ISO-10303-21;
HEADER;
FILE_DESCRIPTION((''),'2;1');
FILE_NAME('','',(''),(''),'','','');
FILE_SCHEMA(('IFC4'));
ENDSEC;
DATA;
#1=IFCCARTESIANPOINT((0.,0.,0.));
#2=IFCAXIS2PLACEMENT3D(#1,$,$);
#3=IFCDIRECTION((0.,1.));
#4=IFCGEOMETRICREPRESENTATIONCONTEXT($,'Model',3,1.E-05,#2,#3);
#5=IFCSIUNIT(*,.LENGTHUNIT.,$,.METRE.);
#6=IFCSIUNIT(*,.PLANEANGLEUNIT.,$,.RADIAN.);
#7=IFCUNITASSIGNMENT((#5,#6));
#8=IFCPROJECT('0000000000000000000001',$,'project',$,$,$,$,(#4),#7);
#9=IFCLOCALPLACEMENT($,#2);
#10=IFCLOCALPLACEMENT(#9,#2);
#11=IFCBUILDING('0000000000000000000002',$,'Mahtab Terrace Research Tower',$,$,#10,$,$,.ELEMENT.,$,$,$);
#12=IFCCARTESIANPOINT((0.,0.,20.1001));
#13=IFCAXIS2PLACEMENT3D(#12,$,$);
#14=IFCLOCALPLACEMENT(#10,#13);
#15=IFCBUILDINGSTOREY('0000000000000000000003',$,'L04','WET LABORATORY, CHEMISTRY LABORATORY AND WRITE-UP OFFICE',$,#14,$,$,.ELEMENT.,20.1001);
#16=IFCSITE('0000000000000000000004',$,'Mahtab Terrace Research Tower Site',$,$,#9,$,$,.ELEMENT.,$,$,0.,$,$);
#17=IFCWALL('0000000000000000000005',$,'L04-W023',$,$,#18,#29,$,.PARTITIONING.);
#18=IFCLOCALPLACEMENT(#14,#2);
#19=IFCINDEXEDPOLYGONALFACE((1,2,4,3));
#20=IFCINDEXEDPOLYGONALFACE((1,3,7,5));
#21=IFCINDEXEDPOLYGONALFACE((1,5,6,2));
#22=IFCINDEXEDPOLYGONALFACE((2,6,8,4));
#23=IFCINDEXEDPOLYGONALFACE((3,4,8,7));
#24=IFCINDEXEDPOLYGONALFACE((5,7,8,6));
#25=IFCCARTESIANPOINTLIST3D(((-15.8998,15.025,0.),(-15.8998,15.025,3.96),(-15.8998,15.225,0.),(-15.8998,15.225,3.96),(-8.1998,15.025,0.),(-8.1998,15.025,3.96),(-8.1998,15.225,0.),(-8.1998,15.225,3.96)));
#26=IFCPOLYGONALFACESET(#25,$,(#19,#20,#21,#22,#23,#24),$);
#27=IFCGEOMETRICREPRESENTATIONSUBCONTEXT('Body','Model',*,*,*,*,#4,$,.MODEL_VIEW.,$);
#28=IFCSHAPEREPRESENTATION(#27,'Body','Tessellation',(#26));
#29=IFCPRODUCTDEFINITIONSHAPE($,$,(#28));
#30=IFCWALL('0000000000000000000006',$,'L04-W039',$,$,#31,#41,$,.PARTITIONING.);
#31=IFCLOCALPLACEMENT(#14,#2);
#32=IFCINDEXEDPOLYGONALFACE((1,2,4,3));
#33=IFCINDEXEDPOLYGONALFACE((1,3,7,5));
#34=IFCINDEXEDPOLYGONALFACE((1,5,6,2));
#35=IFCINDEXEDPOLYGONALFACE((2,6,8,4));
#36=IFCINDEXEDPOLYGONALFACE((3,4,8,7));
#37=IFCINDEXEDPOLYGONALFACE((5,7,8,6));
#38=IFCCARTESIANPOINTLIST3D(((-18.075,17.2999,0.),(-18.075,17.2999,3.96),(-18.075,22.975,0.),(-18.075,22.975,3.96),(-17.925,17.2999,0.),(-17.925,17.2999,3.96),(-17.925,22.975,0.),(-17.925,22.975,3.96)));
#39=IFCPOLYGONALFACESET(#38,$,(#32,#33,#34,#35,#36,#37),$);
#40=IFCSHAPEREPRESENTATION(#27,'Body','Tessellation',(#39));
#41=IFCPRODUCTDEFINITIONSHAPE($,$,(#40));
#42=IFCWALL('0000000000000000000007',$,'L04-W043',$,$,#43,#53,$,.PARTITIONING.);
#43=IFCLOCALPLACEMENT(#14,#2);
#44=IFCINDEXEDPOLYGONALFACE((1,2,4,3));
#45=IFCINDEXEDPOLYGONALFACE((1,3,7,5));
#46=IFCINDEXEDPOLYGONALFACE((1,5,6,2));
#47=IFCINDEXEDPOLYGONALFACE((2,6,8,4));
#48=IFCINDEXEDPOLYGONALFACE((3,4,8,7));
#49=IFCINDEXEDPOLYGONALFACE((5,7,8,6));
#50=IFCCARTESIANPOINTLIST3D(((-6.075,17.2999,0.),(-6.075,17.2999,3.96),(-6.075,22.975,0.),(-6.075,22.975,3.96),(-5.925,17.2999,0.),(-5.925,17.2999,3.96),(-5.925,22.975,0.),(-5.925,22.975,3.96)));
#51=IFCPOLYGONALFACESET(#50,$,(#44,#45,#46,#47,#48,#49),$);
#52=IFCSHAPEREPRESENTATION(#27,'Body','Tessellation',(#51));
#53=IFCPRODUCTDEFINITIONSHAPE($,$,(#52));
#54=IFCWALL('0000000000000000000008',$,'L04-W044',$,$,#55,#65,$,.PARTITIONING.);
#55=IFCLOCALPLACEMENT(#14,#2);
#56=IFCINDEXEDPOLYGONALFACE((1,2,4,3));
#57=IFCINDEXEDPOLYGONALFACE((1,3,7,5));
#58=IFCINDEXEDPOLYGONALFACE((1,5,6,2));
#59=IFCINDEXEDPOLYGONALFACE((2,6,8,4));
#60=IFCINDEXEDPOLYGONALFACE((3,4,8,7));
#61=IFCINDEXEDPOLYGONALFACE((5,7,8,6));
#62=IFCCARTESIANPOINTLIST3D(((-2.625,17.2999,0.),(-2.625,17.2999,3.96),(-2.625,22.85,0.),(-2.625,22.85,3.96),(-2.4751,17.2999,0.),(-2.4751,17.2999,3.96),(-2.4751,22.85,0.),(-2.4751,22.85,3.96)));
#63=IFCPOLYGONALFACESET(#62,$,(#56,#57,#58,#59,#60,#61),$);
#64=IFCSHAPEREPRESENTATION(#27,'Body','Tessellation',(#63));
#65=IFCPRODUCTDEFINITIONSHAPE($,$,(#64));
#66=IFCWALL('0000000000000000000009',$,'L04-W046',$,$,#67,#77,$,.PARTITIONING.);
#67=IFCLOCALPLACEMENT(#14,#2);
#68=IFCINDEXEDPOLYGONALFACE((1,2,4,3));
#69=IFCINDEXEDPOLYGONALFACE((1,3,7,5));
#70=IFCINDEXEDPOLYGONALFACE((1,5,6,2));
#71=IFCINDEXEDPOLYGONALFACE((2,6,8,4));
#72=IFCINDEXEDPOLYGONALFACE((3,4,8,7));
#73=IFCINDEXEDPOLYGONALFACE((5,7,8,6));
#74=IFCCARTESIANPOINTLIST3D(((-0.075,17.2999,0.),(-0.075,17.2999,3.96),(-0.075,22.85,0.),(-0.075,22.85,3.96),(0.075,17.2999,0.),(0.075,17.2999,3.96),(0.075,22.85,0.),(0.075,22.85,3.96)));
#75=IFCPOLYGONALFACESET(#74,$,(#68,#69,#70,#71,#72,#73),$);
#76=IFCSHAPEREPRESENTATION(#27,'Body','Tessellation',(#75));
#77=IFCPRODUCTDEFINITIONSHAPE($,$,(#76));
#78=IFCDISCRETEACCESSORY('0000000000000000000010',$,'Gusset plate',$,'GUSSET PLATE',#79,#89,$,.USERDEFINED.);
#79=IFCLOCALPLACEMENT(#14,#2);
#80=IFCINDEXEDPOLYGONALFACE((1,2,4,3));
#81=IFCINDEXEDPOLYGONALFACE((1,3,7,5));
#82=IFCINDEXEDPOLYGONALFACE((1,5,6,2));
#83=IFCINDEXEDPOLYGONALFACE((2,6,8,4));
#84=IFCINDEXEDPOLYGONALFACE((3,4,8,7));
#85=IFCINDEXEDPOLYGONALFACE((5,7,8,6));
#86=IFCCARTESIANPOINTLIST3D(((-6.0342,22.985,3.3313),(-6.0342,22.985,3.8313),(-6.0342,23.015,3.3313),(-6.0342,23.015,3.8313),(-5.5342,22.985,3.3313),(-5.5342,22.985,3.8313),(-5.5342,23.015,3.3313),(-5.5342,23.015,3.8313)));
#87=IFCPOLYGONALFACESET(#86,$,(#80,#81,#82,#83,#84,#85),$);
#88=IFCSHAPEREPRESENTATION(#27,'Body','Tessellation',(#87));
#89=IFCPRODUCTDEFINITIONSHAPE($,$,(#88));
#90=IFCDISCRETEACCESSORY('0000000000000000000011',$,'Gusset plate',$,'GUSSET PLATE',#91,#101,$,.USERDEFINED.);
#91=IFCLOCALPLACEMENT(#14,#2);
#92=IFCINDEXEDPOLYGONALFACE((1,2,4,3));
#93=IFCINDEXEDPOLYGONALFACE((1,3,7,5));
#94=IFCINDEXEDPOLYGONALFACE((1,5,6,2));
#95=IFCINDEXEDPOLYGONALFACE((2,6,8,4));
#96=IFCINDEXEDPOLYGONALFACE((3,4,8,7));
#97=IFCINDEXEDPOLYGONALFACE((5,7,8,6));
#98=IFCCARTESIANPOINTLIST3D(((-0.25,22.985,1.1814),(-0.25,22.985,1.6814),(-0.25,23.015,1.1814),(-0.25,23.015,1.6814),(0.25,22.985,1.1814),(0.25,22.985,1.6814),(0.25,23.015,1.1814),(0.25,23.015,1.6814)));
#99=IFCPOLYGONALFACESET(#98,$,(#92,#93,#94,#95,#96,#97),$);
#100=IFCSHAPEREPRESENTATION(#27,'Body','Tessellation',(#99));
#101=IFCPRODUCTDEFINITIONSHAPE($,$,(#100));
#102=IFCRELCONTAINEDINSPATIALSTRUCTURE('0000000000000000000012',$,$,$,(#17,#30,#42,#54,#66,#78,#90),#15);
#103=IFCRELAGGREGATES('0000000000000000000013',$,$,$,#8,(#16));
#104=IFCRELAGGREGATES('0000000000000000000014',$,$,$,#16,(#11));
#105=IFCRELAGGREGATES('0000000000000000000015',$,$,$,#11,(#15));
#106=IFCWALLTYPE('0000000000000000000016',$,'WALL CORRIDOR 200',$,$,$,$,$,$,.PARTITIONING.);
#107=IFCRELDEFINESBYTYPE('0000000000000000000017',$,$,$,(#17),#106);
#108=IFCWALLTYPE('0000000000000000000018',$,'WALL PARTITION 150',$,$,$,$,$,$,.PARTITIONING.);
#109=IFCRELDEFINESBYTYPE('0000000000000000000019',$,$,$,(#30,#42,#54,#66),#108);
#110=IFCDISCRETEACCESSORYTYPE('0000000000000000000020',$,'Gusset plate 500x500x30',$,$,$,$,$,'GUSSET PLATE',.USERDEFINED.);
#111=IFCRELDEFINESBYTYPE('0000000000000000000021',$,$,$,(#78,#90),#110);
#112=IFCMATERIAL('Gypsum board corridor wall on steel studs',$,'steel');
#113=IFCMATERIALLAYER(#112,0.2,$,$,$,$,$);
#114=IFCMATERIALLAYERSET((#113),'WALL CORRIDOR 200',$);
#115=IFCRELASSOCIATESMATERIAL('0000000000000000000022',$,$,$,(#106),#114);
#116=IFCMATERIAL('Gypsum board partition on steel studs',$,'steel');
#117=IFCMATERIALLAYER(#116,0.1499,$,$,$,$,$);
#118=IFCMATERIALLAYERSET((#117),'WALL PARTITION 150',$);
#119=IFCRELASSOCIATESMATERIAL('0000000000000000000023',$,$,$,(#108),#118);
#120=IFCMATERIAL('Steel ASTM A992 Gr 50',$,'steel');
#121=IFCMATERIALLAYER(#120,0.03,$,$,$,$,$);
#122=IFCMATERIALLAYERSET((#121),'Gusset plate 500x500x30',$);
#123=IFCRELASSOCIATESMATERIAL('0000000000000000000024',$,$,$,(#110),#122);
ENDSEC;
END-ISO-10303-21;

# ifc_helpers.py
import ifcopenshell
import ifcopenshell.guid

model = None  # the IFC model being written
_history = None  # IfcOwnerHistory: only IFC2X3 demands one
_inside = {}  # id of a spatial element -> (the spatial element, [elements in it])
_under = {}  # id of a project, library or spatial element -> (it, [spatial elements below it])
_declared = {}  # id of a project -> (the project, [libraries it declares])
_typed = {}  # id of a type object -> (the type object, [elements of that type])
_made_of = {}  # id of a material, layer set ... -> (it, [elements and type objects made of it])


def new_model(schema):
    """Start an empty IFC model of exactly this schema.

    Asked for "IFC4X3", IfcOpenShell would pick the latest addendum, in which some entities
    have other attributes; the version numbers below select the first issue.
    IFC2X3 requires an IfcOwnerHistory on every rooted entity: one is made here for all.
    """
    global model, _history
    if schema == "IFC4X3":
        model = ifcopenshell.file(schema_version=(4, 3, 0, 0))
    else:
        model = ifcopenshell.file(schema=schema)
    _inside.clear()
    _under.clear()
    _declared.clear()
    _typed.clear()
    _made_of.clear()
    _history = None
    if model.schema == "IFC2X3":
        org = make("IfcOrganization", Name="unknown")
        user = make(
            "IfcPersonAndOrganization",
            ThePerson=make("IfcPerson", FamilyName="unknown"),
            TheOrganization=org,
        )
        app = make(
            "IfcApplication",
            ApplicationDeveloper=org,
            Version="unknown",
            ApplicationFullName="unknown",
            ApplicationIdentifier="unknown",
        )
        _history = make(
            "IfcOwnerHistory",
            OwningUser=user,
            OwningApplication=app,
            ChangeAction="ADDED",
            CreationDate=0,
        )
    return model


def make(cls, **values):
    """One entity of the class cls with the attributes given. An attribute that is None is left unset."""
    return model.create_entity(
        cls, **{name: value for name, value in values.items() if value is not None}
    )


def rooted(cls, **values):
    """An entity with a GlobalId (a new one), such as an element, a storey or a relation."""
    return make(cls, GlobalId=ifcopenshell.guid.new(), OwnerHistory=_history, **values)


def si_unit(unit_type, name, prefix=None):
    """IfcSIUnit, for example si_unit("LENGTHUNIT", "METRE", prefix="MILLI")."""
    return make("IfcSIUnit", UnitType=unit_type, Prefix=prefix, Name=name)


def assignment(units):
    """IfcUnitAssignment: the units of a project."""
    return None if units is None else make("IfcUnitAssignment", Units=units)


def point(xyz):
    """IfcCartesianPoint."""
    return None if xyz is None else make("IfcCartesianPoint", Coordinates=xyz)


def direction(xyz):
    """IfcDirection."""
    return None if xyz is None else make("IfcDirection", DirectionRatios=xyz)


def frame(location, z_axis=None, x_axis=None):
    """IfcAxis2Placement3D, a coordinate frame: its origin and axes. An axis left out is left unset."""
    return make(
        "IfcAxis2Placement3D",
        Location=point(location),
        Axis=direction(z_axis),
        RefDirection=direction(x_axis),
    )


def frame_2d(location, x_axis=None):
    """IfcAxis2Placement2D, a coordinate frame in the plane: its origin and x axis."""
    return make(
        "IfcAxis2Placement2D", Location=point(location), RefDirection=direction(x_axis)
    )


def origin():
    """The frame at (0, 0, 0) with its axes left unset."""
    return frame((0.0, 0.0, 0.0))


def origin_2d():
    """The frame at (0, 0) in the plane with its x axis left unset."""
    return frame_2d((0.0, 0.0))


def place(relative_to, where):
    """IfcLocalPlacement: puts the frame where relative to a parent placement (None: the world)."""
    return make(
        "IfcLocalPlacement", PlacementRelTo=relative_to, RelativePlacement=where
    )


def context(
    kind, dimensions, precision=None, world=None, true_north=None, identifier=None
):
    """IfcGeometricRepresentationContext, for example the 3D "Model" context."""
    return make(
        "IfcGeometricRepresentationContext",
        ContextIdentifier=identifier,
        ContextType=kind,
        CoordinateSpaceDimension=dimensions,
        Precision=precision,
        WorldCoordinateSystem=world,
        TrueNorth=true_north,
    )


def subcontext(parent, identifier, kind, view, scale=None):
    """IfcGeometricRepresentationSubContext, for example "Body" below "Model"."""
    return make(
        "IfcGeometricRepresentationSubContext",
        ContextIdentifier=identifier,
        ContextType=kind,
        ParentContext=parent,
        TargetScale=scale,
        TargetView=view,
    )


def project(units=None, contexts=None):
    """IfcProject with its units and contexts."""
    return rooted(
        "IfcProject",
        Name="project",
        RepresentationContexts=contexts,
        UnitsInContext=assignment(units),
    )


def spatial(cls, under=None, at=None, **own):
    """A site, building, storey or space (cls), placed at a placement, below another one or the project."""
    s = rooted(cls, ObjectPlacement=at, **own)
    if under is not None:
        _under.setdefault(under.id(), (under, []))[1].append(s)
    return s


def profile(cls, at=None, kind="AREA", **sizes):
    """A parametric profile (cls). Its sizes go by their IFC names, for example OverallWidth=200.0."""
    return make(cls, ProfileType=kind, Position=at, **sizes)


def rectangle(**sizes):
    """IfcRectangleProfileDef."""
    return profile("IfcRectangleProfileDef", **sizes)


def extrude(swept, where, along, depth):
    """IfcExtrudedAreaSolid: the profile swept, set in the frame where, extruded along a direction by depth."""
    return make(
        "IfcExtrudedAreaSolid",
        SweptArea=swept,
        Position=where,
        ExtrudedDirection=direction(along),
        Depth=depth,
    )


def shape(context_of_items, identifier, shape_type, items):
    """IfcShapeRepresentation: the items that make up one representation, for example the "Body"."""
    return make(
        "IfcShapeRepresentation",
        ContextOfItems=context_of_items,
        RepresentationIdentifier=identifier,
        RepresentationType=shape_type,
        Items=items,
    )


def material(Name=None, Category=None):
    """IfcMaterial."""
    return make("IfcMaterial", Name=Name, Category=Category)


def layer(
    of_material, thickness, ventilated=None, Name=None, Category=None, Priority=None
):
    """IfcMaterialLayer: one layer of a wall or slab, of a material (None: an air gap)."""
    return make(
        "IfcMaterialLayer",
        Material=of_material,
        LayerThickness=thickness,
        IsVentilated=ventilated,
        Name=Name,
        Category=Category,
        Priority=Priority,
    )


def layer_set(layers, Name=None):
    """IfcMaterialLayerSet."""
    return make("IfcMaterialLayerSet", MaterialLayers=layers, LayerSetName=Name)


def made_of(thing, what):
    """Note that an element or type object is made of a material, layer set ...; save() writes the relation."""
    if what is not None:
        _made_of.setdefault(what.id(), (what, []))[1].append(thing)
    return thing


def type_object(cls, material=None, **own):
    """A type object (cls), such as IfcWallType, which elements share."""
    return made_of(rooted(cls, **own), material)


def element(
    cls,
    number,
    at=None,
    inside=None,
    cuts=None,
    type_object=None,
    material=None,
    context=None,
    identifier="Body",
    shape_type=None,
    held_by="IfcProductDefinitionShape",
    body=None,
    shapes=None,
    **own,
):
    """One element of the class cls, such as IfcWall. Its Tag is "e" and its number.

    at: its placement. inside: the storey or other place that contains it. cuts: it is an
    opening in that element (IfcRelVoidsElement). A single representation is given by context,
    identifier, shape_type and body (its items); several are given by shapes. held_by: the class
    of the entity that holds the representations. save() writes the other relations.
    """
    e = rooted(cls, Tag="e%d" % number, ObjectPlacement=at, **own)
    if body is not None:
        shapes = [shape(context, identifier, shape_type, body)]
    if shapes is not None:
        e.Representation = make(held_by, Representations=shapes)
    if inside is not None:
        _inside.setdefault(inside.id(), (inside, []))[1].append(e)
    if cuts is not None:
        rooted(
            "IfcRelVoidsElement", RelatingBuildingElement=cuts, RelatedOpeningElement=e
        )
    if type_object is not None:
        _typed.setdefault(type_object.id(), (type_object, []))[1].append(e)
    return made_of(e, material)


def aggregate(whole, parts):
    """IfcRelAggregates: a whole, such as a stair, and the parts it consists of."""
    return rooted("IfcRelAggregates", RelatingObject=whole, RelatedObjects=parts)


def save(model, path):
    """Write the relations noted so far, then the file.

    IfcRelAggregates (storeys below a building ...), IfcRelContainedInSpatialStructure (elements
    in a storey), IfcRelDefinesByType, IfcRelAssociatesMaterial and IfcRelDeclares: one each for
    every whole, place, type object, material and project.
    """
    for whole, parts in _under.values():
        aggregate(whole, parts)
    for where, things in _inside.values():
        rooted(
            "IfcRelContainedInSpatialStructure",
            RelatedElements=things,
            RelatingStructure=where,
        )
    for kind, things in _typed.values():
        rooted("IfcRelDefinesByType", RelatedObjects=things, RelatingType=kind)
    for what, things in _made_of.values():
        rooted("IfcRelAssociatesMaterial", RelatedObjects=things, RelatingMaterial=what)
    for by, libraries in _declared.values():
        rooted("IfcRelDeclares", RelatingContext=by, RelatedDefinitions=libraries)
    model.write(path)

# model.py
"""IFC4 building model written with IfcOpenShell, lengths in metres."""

from ifc_helpers import new_model, si_unit, direction, frame, frame_2d, origin, origin_2d, place, context, subcontext, project, spatial, rectangle, extrude, material, layer, layer_set, type_object, element, save


model = new_model("IFC4")

# Units and contexts
model_context = context("Model", 3, precision=1e-05, world=origin(), true_north=direction((0.0, 1.0)))
body_context = subcontext(model_context, "Body", "Model", "MODEL_VIEW")
ifc_project = project(units=[si_unit("LENGTHUNIT", "METRE"), si_unit("PLANEANGLEUNIT", "RADIAN")], contexts=[model_context])

# Site, building, storey
site_placement = place(None, origin())
site = spatial("IfcSite", under=ifc_project, at=site_placement, Name="Mahtab Terrace Research Tower Site", CompositionType="ELEMENT", RefElevation=0.0)
building_placement = place(site_placement, origin())
building = spatial("IfcBuilding", under=site, at=building_placement, Name="Mahtab Terrace Research Tower", CompositionType="ELEMENT")
storey_placement = place(building_placement, frame((0.0, 0.0, 20.1001)))
storey = spatial("IfcBuildingStorey", under=building, at=storey_placement, Name="L04", Description="WET LABORATORY, CHEMISTRY LABORATORY AND WRITE-UP OFFICE", CompositionType="ELEMENT", Elevation=20.1001)

# Shared definitions
ifc_material_1 = material(Name="Steel ASTM A992 Gr 50", Category="steel")

# Walls
ifc_material_2 = material(Name="Gypsum board corridor wall on steel studs", Category="steel")
ifc_layer_1 = layer(ifc_material_2, 0.2)
ifc_layer_set_1 = layer_set([ifc_layer_1], Name="WALL CORRIDOR 200")
wall_type_1 = type_object("IfcWallType", Name="WALL CORRIDOR 200", PredefinedType="PARTITIONING", material=ifc_layer_set_1)
wall_1_placement = place(storey_placement, frame((-15.8999, 15.125, 0.0), z_axis=(0.0, 0.0, 1.0), x_axis=(1.0, 0.0, 0.0)))
element("IfcWall", 1, at=wall_1_placement, inside=storey, type_object=wall_type_1, Name="L04-W023", PredefinedType="PARTITIONING", context=body_context, shape_type="SweptSolid", body=[
    extrude(rectangle(XDim=7.7, YDim=0.2, at=frame_2d((3.8501, 0.0))), origin(), (0.0, 0.0, 1.0), 3.96),
])
ifc_material_3 = material(Name="Gypsum board partition on steel studs", Category="steel")
ifc_layer_2 = layer(ifc_material_3, 0.1499)
ifc_layer_set_2 = layer_set([ifc_layer_2], Name="WALL PARTITION 150")
wall_type_2 = type_object("IfcWallType", Name="WALL PARTITION 150", PredefinedType="PARTITIONING", material=ifc_layer_set_2)
for number, where, z_axis, x_axis, name in (
    (2, (-18.0, 17.3, 0.0), (0.0, 0.0, 1.0), (0.0, 1.0, 0.0), "L04-W039"),
    (3, (-6.0, 17.3, 0.0), (0.0, 0.0, 1.0), (0.0, 1.0, 0.0), "L04-W043"),
):
    element("IfcWall", number, at=place(storey_placement, frame(where, z_axis=z_axis, x_axis=x_axis)), inside=storey, type_object=wall_type_2, Name=name, PredefinedType="PARTITIONING", context=body_context, shape_type="SweptSolid", body=[
        extrude(rectangle(XDim=5.675, YDim=0.1499, at=frame_2d((2.8374, 0.0))), origin(), (0.0, 0.0, 1.0), 3.96),
    ])
for number, where, z_axis, x_axis, name in (
    (4, (-2.55, 17.3, 0.0), (0.0, 0.0, 1.0), (0.0, 1.0, 0.0), "L04-W044"),
    (5, (0.0, 17.3, 0.0), (0.0, 0.0, 1.0), (0.0, 1.0, 0.0), "L04-W046"),
):
    element("IfcWall", number, at=place(storey_placement, frame(where, z_axis=z_axis, x_axis=x_axis)), inside=storey, type_object=wall_type_2, Name=name, PredefinedType="PARTITIONING", context=body_context, shape_type="SweptSolid", body=[
        extrude(rectangle(XDim=5.55, YDim=0.1499, at=frame_2d((2.7749, 0.0))), origin(), (0.0, 0.0, 1.0), 3.96),
    ])

# Discrete accessories
ifc_layer_3 = layer(ifc_material_1, 0.03)
ifc_layer_set_3 = layer_set([ifc_layer_3], Name="Gusset plate 500x500x30")
discrete_accessory_type = type_object("IfcDiscreteAccessoryType", Name="Gusset plate 500x500x30", ElementType="GUSSET PLATE", PredefinedType="USERDEFINED", material=ifc_layer_set_3)
for number, where, z_axis, x_axis, name in (
    (6, (-5.7842, 23.0, 3.3313), (0.0, 0.0, 1.0), (1.0, 0.0, 0.0), "Gusset plate"),
    (7, (0.0, 23.0, 1.1814), (0.0, 0.0, 1.0), (1.0, 0.0, 0.0), "Gusset plate"),
):
    element("IfcDiscreteAccessory", number, at=place(storey_placement, frame(where, z_axis=z_axis, x_axis=x_axis)), inside=storey, type_object=discrete_accessory_type, Name=name, ObjectType="GUSSET PLATE", PredefinedType="USERDEFINED", context=body_context, shape_type="SweptSolid", body=[
        extrude(rectangle(XDim=0.5, YDim=0.03, at=origin_2d()), origin(), (0.0, 0.0, 1.0), 0.5),
    ])

save(model, "model.ifc")
